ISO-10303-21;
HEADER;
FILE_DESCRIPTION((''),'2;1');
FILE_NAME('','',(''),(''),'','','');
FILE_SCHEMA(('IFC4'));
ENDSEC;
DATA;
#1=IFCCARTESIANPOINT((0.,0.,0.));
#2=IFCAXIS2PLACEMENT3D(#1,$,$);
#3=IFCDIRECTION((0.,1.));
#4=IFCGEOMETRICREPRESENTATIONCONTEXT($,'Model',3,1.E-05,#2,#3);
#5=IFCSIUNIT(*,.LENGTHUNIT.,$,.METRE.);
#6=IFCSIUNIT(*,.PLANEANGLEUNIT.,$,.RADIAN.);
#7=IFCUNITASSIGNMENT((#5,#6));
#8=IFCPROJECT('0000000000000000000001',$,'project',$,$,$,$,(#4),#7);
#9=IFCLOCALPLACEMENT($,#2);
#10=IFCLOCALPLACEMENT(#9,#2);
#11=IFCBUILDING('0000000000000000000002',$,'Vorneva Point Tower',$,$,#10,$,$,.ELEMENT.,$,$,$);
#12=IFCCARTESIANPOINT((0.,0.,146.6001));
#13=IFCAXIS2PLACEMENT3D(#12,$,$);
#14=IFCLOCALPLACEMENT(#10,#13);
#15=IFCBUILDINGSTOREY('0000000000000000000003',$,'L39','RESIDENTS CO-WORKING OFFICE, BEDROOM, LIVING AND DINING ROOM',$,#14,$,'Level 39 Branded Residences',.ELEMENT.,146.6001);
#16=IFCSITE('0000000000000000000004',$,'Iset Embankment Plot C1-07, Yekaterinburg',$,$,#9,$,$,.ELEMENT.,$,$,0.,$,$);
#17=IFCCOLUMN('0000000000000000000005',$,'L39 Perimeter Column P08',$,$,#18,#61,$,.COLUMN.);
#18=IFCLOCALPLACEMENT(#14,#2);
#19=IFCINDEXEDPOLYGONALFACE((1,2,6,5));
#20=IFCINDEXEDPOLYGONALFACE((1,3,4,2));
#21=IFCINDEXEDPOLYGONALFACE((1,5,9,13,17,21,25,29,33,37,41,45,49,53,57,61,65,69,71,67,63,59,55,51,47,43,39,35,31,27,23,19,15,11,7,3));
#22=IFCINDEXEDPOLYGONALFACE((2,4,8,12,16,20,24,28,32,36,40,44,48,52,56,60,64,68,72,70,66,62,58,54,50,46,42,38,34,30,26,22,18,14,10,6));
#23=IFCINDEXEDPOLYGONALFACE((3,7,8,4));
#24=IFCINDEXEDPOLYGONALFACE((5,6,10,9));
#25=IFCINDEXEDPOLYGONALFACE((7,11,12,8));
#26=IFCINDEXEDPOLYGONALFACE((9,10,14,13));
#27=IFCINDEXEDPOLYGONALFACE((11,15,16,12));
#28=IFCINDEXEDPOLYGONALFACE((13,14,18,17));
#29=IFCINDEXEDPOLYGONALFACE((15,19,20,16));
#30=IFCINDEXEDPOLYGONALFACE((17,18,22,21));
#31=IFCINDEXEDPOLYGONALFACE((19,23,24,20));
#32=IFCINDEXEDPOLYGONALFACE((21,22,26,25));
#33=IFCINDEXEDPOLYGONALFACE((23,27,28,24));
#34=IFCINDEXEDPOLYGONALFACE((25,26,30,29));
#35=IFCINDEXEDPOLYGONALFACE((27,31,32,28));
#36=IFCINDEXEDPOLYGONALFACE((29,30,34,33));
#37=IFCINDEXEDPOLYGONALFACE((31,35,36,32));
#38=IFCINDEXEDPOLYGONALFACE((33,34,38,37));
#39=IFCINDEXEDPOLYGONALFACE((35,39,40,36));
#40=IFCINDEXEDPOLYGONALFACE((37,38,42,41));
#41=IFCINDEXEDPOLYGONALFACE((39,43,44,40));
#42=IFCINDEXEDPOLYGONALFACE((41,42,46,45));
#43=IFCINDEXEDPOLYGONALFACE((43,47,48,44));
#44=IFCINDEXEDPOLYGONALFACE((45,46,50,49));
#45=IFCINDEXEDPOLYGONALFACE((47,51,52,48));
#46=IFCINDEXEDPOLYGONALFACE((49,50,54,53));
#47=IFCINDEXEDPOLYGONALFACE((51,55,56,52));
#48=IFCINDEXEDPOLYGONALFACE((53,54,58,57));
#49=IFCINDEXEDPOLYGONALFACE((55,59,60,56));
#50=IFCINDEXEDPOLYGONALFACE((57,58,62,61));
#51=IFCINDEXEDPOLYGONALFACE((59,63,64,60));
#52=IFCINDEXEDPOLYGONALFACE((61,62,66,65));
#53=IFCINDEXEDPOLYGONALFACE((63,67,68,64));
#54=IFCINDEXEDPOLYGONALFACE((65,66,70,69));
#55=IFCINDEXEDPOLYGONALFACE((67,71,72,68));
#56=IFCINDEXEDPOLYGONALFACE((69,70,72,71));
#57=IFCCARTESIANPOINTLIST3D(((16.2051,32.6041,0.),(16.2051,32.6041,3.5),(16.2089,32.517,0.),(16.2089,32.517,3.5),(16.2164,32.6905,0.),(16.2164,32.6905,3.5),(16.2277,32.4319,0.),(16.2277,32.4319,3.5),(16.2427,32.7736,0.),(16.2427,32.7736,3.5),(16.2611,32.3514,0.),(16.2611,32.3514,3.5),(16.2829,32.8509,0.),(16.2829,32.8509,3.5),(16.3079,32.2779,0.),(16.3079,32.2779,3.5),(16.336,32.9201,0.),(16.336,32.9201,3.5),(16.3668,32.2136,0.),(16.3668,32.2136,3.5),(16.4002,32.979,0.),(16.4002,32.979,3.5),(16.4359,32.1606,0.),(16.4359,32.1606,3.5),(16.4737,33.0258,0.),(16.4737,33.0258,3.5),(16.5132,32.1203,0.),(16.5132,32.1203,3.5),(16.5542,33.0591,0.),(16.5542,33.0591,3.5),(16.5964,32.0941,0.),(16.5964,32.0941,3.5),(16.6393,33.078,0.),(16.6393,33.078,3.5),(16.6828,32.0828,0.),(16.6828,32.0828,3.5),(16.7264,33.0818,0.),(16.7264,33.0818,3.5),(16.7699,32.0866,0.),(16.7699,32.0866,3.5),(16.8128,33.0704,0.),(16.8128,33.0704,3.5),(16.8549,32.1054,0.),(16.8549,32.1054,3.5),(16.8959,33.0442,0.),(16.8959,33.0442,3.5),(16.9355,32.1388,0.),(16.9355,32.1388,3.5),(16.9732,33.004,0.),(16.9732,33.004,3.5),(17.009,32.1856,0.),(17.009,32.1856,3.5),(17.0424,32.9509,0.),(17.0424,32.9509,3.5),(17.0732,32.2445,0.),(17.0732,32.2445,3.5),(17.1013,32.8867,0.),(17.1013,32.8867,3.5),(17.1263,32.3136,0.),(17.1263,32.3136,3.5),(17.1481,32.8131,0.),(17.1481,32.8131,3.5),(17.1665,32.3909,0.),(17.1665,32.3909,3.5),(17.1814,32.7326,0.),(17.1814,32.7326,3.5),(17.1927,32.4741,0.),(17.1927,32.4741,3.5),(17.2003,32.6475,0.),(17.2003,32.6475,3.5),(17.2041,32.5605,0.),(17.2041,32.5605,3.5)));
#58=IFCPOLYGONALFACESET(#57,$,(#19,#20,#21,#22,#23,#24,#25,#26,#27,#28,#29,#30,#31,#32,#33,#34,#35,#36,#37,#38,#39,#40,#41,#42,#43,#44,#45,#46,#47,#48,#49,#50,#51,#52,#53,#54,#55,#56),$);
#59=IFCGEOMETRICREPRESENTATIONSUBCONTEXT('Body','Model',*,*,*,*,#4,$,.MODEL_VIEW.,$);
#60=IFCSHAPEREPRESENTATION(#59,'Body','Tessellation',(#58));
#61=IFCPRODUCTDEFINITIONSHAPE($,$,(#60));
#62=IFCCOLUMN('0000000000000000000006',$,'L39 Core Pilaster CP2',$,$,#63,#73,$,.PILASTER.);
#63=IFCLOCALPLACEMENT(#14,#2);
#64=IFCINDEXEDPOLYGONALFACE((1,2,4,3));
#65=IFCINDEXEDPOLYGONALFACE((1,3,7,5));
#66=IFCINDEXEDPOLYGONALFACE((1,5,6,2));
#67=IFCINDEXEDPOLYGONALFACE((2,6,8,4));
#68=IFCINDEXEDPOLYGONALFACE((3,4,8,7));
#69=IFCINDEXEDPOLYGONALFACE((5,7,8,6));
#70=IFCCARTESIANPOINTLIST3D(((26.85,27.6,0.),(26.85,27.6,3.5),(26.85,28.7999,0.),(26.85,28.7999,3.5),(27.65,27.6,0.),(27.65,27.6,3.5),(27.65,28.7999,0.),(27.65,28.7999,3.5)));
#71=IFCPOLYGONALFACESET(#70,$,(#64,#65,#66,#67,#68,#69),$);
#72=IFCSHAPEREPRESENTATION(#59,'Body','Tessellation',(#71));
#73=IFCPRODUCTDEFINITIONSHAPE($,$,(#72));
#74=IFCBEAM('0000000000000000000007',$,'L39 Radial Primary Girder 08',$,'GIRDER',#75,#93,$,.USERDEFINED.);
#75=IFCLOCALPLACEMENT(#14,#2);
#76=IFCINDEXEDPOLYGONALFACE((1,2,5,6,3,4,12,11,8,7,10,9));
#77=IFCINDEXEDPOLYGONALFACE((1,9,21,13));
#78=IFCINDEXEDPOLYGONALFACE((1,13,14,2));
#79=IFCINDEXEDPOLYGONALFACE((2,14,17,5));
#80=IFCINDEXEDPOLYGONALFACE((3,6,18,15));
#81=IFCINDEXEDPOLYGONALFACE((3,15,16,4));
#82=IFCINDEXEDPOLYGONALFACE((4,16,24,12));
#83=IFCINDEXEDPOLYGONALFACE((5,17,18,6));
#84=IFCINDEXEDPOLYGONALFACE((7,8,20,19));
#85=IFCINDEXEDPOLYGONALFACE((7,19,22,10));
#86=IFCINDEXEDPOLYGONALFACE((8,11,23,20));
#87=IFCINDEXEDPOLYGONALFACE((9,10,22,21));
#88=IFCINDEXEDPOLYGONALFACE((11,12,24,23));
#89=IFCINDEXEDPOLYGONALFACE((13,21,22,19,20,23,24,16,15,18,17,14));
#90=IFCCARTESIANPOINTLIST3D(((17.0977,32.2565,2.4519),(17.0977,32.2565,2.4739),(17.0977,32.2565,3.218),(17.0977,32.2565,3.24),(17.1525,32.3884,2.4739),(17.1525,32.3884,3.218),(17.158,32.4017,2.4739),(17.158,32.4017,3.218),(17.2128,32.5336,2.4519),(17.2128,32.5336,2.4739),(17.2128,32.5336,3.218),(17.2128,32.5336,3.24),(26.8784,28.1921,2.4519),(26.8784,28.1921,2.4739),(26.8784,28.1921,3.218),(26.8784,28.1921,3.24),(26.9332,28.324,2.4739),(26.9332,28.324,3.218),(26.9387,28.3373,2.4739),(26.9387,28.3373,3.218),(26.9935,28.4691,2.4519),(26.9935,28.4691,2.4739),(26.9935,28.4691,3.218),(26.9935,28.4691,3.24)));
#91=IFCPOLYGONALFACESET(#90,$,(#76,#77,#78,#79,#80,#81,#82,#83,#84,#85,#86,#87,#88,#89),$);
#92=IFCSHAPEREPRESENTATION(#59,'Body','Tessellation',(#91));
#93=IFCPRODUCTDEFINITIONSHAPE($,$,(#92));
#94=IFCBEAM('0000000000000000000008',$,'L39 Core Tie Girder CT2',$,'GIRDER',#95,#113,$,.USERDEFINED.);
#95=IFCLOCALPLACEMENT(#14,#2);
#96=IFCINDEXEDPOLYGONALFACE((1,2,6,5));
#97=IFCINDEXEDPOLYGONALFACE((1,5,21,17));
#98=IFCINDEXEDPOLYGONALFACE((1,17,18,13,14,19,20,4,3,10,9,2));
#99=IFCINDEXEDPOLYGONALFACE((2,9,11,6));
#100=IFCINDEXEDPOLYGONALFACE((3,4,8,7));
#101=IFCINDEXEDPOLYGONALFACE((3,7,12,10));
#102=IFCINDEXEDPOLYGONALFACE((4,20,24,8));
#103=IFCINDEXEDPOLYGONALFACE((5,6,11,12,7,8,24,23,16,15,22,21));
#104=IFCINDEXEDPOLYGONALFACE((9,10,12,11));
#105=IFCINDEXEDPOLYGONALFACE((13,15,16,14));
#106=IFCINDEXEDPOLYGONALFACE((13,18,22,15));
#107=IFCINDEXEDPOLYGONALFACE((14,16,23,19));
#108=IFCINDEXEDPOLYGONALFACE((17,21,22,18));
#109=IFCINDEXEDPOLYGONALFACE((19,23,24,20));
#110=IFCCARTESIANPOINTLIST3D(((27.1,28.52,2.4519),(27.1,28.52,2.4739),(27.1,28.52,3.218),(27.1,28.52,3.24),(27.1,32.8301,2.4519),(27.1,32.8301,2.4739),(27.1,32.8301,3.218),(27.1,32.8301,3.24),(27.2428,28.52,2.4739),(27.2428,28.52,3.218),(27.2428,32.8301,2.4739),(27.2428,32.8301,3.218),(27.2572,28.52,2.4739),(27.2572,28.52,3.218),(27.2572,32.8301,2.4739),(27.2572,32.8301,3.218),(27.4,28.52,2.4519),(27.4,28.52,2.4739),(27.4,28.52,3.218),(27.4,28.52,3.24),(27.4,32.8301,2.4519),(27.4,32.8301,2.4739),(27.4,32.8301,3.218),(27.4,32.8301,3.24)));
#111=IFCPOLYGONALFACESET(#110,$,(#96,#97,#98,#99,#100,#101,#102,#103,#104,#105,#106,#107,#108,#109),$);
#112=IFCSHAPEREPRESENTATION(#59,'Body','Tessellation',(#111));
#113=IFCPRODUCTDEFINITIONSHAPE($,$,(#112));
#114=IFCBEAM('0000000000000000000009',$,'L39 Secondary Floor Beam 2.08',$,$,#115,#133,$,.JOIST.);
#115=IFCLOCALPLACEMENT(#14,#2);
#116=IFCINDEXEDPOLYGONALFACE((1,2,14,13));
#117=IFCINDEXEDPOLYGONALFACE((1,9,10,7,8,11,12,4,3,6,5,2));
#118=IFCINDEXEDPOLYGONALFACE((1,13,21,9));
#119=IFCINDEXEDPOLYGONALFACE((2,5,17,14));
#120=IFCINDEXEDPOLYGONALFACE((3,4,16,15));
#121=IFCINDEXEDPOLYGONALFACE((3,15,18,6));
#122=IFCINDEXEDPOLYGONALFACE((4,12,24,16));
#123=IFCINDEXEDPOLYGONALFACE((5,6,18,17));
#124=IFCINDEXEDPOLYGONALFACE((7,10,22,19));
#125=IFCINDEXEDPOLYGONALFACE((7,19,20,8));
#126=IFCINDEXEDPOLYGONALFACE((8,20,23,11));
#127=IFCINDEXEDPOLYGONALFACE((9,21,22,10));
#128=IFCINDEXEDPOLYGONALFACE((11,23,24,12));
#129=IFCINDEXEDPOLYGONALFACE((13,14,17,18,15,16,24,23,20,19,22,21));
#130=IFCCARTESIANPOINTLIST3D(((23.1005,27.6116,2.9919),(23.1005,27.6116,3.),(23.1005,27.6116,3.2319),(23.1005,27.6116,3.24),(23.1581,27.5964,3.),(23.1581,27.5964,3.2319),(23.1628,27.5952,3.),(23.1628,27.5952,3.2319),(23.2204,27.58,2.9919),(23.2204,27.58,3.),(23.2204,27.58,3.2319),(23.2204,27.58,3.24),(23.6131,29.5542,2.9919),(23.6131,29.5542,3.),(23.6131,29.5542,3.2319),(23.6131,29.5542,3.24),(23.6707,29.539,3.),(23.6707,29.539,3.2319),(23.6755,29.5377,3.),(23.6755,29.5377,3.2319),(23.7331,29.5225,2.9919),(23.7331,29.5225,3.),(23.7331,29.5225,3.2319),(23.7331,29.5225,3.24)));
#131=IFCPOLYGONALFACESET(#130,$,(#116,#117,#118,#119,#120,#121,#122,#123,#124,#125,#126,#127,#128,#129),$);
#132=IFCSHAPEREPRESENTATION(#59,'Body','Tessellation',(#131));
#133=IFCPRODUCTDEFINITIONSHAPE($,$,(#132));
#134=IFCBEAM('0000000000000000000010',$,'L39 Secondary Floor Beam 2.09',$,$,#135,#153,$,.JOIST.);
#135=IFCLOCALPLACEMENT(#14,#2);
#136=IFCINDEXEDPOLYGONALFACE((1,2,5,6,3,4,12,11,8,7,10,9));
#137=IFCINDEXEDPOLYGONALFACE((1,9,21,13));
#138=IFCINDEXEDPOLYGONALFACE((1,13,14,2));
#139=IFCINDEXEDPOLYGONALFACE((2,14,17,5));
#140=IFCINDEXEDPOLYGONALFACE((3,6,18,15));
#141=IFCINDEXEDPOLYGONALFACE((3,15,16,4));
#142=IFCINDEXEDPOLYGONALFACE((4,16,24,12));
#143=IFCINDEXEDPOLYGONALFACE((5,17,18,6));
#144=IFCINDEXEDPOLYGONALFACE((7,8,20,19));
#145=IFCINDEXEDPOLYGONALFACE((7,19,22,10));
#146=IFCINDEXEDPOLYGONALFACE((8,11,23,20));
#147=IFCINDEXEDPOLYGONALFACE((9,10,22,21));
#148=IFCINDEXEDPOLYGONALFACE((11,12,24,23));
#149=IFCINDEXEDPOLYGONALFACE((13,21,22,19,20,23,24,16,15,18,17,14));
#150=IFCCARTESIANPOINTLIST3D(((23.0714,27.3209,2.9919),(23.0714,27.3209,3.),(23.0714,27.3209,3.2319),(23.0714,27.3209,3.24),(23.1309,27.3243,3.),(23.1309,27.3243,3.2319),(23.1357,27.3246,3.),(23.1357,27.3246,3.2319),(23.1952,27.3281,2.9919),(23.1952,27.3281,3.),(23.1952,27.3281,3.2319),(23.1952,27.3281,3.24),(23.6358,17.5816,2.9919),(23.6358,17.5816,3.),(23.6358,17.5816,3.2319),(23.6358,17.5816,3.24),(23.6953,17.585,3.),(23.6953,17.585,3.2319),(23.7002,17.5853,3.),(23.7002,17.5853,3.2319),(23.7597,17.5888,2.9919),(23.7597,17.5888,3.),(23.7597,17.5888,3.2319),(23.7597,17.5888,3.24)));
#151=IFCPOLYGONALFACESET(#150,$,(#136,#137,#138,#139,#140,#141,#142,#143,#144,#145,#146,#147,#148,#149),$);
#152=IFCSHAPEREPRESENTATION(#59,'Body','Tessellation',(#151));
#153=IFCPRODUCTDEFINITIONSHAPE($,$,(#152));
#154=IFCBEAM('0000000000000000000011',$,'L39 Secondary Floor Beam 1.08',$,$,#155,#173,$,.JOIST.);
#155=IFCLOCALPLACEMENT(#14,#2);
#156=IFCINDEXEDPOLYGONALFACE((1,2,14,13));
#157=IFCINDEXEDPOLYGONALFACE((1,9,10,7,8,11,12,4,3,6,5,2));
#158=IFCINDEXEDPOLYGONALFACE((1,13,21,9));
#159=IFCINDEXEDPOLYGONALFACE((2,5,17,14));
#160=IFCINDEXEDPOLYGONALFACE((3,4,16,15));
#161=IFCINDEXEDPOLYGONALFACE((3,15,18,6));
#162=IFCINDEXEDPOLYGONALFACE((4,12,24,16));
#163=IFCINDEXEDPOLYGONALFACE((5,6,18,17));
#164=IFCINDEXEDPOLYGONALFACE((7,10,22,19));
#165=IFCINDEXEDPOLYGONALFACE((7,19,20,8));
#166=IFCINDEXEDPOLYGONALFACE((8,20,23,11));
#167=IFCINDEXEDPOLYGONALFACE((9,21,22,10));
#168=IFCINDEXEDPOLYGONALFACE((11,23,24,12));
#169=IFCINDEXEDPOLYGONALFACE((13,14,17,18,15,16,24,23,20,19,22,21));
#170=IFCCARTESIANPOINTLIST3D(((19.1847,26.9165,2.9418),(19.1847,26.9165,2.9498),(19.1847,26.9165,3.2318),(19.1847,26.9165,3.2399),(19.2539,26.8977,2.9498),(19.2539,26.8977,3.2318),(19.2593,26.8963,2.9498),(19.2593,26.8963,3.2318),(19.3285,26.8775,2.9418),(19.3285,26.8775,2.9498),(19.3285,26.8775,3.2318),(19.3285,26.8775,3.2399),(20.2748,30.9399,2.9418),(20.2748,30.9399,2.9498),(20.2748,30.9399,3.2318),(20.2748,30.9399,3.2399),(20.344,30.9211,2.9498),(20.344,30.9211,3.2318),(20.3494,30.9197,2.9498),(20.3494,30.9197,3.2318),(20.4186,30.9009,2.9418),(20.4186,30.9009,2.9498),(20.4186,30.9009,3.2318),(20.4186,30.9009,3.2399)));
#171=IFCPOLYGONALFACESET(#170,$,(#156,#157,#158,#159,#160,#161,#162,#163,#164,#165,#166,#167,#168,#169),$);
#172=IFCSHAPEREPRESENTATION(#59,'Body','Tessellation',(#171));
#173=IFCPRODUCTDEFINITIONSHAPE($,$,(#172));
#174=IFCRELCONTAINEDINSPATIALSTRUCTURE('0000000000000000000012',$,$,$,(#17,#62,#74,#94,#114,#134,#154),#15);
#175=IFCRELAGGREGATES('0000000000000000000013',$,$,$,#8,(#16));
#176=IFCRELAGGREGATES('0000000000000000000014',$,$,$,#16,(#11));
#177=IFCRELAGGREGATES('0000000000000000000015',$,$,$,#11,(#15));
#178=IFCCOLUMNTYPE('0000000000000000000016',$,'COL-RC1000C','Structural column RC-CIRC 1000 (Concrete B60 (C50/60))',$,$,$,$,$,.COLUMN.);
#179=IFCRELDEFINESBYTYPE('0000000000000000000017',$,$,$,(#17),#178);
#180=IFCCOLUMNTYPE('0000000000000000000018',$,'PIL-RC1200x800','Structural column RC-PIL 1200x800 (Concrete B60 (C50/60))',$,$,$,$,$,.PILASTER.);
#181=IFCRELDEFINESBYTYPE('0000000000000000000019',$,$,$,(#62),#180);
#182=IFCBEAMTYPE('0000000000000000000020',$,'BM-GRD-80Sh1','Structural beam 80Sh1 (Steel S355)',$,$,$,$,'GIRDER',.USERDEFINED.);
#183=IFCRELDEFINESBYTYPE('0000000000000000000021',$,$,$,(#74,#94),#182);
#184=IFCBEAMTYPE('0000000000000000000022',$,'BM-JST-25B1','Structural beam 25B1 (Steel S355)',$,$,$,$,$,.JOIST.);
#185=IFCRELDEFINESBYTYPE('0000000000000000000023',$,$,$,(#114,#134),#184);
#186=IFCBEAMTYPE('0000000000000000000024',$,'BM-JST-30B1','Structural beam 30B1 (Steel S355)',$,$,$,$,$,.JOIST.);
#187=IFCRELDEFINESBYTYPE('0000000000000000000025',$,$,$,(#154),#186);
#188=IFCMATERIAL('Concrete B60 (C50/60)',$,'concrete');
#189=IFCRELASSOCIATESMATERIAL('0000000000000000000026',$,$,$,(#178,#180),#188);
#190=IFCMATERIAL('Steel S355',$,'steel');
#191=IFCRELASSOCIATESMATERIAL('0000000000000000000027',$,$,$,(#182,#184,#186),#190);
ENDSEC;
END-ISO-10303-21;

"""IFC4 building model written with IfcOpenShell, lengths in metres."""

from ifc_helpers import new_model, si_unit, direction, frame, origin, origin_2d, place, context, subcontext, project, spatial, rectangle, circle, i_section, extrude, material, material_profile, profile_set, type_object, element, save


model = new_model("IFC4")

# Units and contexts
model_context = context("Model", 3, precision=1e-05, world=origin(), true_north=direction((0.0, 1.0)))
body_context = subcontext(model_context, "Body", "Model", "MODEL_VIEW")
ifc_project = project(units=[si_unit("LENGTHUNIT", "METRE"), si_unit("PLANEANGLEUNIT", "RADIAN")], contexts=[model_context])

# Site, building, storey
site_placement = place(None, origin())
site = spatial("IfcSite", under=ifc_project, at=site_placement, Name="Iset Embankment Plot C1-07, Yekaterinburg", CompositionType="ELEMENT", RefElevation=0.0)
building_placement = place(site_placement, origin())
building = spatial("IfcBuilding", under=site, at=building_placement, Name="Vorneva Point Tower", CompositionType="ELEMENT")
storey_placement = place(building_placement, frame((0.0, 0.0, 146.6001)))
storey = spatial("IfcBuildingStorey", under=building, at=storey_placement, Name="L39", Description="RESIDENTS CO-WORKING OFFICE, BEDROOM, LIVING AND DINING ROOM", LongName="Level 39 Branded Residences", CompositionType="ELEMENT", Elevation=146.6001)

# Columns
ifc_material_1 = material(Name="Concrete B60 (C50/60)", Category="concrete")
ifc_material_profile_1 = material_profile(ifc_material_1, circle(Radius=0.5, at=origin_2d()), Name="RC-CIRC 1000")
ifc_profile_set_1 = profile_set([ifc_material_profile_1], Name="Concrete B60 (C50/60)")
column_type_1 = type_object("IfcColumnType", Name="COL-RC1000C", Description="Structural column RC-CIRC 1000 (Concrete B60 (C50/60))", PredefinedType="COLUMN", material=ifc_profile_set_1)
column_1_placement = place(storey_placement, frame((16.7046, 32.5823, 0.0), z_axis=(0.0, 0.0, 1.0), x_axis=(-0.92388, 0.382683, 0.0)))
element("IfcColumn", 1, at=column_1_placement, inside=storey, type_object=column_type_1, Name="L39 Perimeter Column P08", PredefinedType="COLUMN", context=body_context, shape_type="SweptSolid", body=[
    extrude(circle(Radius=0.5, at=origin_2d()), origin(), (0.0, 0.0, 1.0), 3.5),
])
ifc_material_profile_2 = material_profile(ifc_material_1, rectangle(XDim=0.8, YDim=1.2, at=origin_2d()), Name="RC-PIL 1200x800")
ifc_profile_set_2 = profile_set([ifc_material_profile_2], Name="Concrete B60 (C50/60)")
column_type_2 = type_object("IfcColumnType", Name="PIL-RC1200x800", Description="Structural column RC-PIL 1200x800 (Concrete B60 (C50/60))", PredefinedType="PILASTER", material=ifc_profile_set_2)
column_2_placement = place(storey_placement, frame((27.25, 28.2, 0.0), z_axis=(0.0, 0.0, 1.0), x_axis=(1.0, 0.0, 0.0)))
element("IfcColumn", 2, at=column_2_placement, inside=storey, type_object=column_type_2, Name="L39 Core Pilaster CP2", PredefinedType="PILASTER", context=body_context, shape_type="SweptSolid", body=[
    extrude(rectangle(XDim=0.8, YDim=1.2, at=origin_2d()), origin(), (0.0, 0.0, 1.0), 3.5),
])

# Beams
ifc_material_2 = material(Name="Steel S355", Category="steel")
ifc_material_profile_3 = material_profile(ifc_material_2, i_section(OverallWidth=0.3, OverallDepth=0.7881, WebThickness=0.0144, FlangeThickness=0.022, at=origin_2d()), Name="80Sh1")
ifc_profile_set_3 = profile_set([ifc_material_profile_3], Name="Steel S355")
beam_type_1 = type_object("IfcBeamType", Name="BM-GRD-80Sh1", Description="Structural beam 80Sh1 (Steel S355)", ElementType="GIRDER", PredefinedType="USERDEFINED", material=ifc_profile_set_3)
beam_1_placement = place(storey_placement, frame((17.1553, 32.395, 2.8459), z_axis=(0.923441, -0.383741, 0.0), x_axis=(0.383741, 0.923441, 0.0)))
element("IfcBeam", 3, at=beam_1_placement, inside=storey, type_object=beam_type_1, Name="L39 Radial Primary Girder 08", ObjectType="GIRDER", PredefinedType="USERDEFINED", context=body_context, shape_type="SweptSolid", body=[
    extrude(i_section(OverallWidth=0.3, OverallDepth=0.7881, WebThickness=0.0144, FlangeThickness=0.022, at=origin_2d()), origin(), (0.0, 0.0, 1.0), 10.5916),
])
beam_2_placement = place(storey_placement, frame((27.25, 28.52, 2.8459), z_axis=(0.0, 1.0, 0.0), x_axis=(-1.0, 0.0, 0.0)))
element("IfcBeam", 4, at=beam_2_placement, inside=storey, type_object=beam_type_1, Name="L39 Core Tie Girder CT2", ObjectType="GIRDER", PredefinedType="USERDEFINED", context=body_context, shape_type="SweptSolid", body=[
    extrude(i_section(OverallWidth=0.3, OverallDepth=0.7881, WebThickness=0.0144, FlangeThickness=0.022, at=origin_2d()), origin(), (0.0, 0.0, 1.0), 4.3101),
])
ifc_material_profile_4 = material_profile(ifc_material_2, i_section(OverallWidth=0.124, OverallDepth=0.248, WebThickness=0.0049, FlangeThickness=0.0081, at=origin_2d()), Name="25B1")
ifc_profile_set_4 = profile_set([ifc_material_profile_4], Name="Steel S355")
beam_type_2 = type_object("IfcBeamType", Name="BM-JST-25B1", Description="Structural beam 25B1 (Steel S355)", PredefinedType="JOIST", material=ifc_profile_set_4)
beam_3_placement = place(storey_placement, frame((23.6731, 29.5383, 3.116), z_axis=(-0.255181, -0.966893, 0.0), x_axis=(0.966893, -0.255181, 0.0)))
element("IfcBeam", 5, at=beam_3_placement, inside=storey, type_object=beam_type_2, Name="L39 Secondary Floor Beam 2.08", PredefinedType="JOIST", context=body_context, shape_type="SweptSolid", body=[
    extrude(i_section(OverallWidth=0.124, OverallDepth=0.248, WebThickness=0.0049, FlangeThickness=0.0081, at=origin_2d()), origin(), (0.0, 0.0, 1.0), 2.009),
])
beam_4_placement = place(storey_placement, frame((23.1333, 27.3245, 3.116), z_axis=(0.057859, -0.998325, 0.0), x_axis=(0.998325, 0.057859, 0.0)))
element("IfcBeam", 6, at=beam_4_placement, inside=storey, type_object=beam_type_2, Name="L39 Secondary Floor Beam 2.09", PredefinedType="JOIST", context=body_context, shape_type="SweptSolid", body=[
    extrude(i_section(OverallWidth=0.124, OverallDepth=0.248, WebThickness=0.0049, FlangeThickness=0.0081, at=origin_2d()), origin(), (0.0, 0.0, 1.0), 9.7556),
])
ifc_material_profile_5 = material_profile(ifc_material_2, i_section(OverallWidth=0.1489, OverallDepth=0.2981, WebThickness=0.0056, FlangeThickness=0.0081, at=origin_2d()), Name="30B1")
ifc_profile_set_5 = profile_set([ifc_material_profile_5], Name="Steel S355")
beam_type_3 = type_object("IfcBeamType", Name="BM-JST-30B1", Description="Structural beam 30B1 (Steel S355)", PredefinedType="JOIST", material=ifc_profile_set_5)
beam_5_placement = place(storey_placement, frame((20.3467, 30.9204, 3.0908), z_axis=(-0.261506, -0.965202, 0.0), x_axis=(0.965202, -0.261506, 0.0)))
element("IfcBeam", 7, at=beam_5_placement, inside=storey, type_object=beam_type_3, Name="L39 Secondary Floor Beam 1.08", PredefinedType="JOIST", context=body_context, shape_type="SweptSolid", body=[
    extrude(i_section(OverallWidth=0.1489, OverallDepth=0.2981, WebThickness=0.0056, FlangeThickness=0.0081, at=origin_2d()), origin(), (0.0, 0.0, 1.0), 4.1685),
])

save(model, "model.ifc")
